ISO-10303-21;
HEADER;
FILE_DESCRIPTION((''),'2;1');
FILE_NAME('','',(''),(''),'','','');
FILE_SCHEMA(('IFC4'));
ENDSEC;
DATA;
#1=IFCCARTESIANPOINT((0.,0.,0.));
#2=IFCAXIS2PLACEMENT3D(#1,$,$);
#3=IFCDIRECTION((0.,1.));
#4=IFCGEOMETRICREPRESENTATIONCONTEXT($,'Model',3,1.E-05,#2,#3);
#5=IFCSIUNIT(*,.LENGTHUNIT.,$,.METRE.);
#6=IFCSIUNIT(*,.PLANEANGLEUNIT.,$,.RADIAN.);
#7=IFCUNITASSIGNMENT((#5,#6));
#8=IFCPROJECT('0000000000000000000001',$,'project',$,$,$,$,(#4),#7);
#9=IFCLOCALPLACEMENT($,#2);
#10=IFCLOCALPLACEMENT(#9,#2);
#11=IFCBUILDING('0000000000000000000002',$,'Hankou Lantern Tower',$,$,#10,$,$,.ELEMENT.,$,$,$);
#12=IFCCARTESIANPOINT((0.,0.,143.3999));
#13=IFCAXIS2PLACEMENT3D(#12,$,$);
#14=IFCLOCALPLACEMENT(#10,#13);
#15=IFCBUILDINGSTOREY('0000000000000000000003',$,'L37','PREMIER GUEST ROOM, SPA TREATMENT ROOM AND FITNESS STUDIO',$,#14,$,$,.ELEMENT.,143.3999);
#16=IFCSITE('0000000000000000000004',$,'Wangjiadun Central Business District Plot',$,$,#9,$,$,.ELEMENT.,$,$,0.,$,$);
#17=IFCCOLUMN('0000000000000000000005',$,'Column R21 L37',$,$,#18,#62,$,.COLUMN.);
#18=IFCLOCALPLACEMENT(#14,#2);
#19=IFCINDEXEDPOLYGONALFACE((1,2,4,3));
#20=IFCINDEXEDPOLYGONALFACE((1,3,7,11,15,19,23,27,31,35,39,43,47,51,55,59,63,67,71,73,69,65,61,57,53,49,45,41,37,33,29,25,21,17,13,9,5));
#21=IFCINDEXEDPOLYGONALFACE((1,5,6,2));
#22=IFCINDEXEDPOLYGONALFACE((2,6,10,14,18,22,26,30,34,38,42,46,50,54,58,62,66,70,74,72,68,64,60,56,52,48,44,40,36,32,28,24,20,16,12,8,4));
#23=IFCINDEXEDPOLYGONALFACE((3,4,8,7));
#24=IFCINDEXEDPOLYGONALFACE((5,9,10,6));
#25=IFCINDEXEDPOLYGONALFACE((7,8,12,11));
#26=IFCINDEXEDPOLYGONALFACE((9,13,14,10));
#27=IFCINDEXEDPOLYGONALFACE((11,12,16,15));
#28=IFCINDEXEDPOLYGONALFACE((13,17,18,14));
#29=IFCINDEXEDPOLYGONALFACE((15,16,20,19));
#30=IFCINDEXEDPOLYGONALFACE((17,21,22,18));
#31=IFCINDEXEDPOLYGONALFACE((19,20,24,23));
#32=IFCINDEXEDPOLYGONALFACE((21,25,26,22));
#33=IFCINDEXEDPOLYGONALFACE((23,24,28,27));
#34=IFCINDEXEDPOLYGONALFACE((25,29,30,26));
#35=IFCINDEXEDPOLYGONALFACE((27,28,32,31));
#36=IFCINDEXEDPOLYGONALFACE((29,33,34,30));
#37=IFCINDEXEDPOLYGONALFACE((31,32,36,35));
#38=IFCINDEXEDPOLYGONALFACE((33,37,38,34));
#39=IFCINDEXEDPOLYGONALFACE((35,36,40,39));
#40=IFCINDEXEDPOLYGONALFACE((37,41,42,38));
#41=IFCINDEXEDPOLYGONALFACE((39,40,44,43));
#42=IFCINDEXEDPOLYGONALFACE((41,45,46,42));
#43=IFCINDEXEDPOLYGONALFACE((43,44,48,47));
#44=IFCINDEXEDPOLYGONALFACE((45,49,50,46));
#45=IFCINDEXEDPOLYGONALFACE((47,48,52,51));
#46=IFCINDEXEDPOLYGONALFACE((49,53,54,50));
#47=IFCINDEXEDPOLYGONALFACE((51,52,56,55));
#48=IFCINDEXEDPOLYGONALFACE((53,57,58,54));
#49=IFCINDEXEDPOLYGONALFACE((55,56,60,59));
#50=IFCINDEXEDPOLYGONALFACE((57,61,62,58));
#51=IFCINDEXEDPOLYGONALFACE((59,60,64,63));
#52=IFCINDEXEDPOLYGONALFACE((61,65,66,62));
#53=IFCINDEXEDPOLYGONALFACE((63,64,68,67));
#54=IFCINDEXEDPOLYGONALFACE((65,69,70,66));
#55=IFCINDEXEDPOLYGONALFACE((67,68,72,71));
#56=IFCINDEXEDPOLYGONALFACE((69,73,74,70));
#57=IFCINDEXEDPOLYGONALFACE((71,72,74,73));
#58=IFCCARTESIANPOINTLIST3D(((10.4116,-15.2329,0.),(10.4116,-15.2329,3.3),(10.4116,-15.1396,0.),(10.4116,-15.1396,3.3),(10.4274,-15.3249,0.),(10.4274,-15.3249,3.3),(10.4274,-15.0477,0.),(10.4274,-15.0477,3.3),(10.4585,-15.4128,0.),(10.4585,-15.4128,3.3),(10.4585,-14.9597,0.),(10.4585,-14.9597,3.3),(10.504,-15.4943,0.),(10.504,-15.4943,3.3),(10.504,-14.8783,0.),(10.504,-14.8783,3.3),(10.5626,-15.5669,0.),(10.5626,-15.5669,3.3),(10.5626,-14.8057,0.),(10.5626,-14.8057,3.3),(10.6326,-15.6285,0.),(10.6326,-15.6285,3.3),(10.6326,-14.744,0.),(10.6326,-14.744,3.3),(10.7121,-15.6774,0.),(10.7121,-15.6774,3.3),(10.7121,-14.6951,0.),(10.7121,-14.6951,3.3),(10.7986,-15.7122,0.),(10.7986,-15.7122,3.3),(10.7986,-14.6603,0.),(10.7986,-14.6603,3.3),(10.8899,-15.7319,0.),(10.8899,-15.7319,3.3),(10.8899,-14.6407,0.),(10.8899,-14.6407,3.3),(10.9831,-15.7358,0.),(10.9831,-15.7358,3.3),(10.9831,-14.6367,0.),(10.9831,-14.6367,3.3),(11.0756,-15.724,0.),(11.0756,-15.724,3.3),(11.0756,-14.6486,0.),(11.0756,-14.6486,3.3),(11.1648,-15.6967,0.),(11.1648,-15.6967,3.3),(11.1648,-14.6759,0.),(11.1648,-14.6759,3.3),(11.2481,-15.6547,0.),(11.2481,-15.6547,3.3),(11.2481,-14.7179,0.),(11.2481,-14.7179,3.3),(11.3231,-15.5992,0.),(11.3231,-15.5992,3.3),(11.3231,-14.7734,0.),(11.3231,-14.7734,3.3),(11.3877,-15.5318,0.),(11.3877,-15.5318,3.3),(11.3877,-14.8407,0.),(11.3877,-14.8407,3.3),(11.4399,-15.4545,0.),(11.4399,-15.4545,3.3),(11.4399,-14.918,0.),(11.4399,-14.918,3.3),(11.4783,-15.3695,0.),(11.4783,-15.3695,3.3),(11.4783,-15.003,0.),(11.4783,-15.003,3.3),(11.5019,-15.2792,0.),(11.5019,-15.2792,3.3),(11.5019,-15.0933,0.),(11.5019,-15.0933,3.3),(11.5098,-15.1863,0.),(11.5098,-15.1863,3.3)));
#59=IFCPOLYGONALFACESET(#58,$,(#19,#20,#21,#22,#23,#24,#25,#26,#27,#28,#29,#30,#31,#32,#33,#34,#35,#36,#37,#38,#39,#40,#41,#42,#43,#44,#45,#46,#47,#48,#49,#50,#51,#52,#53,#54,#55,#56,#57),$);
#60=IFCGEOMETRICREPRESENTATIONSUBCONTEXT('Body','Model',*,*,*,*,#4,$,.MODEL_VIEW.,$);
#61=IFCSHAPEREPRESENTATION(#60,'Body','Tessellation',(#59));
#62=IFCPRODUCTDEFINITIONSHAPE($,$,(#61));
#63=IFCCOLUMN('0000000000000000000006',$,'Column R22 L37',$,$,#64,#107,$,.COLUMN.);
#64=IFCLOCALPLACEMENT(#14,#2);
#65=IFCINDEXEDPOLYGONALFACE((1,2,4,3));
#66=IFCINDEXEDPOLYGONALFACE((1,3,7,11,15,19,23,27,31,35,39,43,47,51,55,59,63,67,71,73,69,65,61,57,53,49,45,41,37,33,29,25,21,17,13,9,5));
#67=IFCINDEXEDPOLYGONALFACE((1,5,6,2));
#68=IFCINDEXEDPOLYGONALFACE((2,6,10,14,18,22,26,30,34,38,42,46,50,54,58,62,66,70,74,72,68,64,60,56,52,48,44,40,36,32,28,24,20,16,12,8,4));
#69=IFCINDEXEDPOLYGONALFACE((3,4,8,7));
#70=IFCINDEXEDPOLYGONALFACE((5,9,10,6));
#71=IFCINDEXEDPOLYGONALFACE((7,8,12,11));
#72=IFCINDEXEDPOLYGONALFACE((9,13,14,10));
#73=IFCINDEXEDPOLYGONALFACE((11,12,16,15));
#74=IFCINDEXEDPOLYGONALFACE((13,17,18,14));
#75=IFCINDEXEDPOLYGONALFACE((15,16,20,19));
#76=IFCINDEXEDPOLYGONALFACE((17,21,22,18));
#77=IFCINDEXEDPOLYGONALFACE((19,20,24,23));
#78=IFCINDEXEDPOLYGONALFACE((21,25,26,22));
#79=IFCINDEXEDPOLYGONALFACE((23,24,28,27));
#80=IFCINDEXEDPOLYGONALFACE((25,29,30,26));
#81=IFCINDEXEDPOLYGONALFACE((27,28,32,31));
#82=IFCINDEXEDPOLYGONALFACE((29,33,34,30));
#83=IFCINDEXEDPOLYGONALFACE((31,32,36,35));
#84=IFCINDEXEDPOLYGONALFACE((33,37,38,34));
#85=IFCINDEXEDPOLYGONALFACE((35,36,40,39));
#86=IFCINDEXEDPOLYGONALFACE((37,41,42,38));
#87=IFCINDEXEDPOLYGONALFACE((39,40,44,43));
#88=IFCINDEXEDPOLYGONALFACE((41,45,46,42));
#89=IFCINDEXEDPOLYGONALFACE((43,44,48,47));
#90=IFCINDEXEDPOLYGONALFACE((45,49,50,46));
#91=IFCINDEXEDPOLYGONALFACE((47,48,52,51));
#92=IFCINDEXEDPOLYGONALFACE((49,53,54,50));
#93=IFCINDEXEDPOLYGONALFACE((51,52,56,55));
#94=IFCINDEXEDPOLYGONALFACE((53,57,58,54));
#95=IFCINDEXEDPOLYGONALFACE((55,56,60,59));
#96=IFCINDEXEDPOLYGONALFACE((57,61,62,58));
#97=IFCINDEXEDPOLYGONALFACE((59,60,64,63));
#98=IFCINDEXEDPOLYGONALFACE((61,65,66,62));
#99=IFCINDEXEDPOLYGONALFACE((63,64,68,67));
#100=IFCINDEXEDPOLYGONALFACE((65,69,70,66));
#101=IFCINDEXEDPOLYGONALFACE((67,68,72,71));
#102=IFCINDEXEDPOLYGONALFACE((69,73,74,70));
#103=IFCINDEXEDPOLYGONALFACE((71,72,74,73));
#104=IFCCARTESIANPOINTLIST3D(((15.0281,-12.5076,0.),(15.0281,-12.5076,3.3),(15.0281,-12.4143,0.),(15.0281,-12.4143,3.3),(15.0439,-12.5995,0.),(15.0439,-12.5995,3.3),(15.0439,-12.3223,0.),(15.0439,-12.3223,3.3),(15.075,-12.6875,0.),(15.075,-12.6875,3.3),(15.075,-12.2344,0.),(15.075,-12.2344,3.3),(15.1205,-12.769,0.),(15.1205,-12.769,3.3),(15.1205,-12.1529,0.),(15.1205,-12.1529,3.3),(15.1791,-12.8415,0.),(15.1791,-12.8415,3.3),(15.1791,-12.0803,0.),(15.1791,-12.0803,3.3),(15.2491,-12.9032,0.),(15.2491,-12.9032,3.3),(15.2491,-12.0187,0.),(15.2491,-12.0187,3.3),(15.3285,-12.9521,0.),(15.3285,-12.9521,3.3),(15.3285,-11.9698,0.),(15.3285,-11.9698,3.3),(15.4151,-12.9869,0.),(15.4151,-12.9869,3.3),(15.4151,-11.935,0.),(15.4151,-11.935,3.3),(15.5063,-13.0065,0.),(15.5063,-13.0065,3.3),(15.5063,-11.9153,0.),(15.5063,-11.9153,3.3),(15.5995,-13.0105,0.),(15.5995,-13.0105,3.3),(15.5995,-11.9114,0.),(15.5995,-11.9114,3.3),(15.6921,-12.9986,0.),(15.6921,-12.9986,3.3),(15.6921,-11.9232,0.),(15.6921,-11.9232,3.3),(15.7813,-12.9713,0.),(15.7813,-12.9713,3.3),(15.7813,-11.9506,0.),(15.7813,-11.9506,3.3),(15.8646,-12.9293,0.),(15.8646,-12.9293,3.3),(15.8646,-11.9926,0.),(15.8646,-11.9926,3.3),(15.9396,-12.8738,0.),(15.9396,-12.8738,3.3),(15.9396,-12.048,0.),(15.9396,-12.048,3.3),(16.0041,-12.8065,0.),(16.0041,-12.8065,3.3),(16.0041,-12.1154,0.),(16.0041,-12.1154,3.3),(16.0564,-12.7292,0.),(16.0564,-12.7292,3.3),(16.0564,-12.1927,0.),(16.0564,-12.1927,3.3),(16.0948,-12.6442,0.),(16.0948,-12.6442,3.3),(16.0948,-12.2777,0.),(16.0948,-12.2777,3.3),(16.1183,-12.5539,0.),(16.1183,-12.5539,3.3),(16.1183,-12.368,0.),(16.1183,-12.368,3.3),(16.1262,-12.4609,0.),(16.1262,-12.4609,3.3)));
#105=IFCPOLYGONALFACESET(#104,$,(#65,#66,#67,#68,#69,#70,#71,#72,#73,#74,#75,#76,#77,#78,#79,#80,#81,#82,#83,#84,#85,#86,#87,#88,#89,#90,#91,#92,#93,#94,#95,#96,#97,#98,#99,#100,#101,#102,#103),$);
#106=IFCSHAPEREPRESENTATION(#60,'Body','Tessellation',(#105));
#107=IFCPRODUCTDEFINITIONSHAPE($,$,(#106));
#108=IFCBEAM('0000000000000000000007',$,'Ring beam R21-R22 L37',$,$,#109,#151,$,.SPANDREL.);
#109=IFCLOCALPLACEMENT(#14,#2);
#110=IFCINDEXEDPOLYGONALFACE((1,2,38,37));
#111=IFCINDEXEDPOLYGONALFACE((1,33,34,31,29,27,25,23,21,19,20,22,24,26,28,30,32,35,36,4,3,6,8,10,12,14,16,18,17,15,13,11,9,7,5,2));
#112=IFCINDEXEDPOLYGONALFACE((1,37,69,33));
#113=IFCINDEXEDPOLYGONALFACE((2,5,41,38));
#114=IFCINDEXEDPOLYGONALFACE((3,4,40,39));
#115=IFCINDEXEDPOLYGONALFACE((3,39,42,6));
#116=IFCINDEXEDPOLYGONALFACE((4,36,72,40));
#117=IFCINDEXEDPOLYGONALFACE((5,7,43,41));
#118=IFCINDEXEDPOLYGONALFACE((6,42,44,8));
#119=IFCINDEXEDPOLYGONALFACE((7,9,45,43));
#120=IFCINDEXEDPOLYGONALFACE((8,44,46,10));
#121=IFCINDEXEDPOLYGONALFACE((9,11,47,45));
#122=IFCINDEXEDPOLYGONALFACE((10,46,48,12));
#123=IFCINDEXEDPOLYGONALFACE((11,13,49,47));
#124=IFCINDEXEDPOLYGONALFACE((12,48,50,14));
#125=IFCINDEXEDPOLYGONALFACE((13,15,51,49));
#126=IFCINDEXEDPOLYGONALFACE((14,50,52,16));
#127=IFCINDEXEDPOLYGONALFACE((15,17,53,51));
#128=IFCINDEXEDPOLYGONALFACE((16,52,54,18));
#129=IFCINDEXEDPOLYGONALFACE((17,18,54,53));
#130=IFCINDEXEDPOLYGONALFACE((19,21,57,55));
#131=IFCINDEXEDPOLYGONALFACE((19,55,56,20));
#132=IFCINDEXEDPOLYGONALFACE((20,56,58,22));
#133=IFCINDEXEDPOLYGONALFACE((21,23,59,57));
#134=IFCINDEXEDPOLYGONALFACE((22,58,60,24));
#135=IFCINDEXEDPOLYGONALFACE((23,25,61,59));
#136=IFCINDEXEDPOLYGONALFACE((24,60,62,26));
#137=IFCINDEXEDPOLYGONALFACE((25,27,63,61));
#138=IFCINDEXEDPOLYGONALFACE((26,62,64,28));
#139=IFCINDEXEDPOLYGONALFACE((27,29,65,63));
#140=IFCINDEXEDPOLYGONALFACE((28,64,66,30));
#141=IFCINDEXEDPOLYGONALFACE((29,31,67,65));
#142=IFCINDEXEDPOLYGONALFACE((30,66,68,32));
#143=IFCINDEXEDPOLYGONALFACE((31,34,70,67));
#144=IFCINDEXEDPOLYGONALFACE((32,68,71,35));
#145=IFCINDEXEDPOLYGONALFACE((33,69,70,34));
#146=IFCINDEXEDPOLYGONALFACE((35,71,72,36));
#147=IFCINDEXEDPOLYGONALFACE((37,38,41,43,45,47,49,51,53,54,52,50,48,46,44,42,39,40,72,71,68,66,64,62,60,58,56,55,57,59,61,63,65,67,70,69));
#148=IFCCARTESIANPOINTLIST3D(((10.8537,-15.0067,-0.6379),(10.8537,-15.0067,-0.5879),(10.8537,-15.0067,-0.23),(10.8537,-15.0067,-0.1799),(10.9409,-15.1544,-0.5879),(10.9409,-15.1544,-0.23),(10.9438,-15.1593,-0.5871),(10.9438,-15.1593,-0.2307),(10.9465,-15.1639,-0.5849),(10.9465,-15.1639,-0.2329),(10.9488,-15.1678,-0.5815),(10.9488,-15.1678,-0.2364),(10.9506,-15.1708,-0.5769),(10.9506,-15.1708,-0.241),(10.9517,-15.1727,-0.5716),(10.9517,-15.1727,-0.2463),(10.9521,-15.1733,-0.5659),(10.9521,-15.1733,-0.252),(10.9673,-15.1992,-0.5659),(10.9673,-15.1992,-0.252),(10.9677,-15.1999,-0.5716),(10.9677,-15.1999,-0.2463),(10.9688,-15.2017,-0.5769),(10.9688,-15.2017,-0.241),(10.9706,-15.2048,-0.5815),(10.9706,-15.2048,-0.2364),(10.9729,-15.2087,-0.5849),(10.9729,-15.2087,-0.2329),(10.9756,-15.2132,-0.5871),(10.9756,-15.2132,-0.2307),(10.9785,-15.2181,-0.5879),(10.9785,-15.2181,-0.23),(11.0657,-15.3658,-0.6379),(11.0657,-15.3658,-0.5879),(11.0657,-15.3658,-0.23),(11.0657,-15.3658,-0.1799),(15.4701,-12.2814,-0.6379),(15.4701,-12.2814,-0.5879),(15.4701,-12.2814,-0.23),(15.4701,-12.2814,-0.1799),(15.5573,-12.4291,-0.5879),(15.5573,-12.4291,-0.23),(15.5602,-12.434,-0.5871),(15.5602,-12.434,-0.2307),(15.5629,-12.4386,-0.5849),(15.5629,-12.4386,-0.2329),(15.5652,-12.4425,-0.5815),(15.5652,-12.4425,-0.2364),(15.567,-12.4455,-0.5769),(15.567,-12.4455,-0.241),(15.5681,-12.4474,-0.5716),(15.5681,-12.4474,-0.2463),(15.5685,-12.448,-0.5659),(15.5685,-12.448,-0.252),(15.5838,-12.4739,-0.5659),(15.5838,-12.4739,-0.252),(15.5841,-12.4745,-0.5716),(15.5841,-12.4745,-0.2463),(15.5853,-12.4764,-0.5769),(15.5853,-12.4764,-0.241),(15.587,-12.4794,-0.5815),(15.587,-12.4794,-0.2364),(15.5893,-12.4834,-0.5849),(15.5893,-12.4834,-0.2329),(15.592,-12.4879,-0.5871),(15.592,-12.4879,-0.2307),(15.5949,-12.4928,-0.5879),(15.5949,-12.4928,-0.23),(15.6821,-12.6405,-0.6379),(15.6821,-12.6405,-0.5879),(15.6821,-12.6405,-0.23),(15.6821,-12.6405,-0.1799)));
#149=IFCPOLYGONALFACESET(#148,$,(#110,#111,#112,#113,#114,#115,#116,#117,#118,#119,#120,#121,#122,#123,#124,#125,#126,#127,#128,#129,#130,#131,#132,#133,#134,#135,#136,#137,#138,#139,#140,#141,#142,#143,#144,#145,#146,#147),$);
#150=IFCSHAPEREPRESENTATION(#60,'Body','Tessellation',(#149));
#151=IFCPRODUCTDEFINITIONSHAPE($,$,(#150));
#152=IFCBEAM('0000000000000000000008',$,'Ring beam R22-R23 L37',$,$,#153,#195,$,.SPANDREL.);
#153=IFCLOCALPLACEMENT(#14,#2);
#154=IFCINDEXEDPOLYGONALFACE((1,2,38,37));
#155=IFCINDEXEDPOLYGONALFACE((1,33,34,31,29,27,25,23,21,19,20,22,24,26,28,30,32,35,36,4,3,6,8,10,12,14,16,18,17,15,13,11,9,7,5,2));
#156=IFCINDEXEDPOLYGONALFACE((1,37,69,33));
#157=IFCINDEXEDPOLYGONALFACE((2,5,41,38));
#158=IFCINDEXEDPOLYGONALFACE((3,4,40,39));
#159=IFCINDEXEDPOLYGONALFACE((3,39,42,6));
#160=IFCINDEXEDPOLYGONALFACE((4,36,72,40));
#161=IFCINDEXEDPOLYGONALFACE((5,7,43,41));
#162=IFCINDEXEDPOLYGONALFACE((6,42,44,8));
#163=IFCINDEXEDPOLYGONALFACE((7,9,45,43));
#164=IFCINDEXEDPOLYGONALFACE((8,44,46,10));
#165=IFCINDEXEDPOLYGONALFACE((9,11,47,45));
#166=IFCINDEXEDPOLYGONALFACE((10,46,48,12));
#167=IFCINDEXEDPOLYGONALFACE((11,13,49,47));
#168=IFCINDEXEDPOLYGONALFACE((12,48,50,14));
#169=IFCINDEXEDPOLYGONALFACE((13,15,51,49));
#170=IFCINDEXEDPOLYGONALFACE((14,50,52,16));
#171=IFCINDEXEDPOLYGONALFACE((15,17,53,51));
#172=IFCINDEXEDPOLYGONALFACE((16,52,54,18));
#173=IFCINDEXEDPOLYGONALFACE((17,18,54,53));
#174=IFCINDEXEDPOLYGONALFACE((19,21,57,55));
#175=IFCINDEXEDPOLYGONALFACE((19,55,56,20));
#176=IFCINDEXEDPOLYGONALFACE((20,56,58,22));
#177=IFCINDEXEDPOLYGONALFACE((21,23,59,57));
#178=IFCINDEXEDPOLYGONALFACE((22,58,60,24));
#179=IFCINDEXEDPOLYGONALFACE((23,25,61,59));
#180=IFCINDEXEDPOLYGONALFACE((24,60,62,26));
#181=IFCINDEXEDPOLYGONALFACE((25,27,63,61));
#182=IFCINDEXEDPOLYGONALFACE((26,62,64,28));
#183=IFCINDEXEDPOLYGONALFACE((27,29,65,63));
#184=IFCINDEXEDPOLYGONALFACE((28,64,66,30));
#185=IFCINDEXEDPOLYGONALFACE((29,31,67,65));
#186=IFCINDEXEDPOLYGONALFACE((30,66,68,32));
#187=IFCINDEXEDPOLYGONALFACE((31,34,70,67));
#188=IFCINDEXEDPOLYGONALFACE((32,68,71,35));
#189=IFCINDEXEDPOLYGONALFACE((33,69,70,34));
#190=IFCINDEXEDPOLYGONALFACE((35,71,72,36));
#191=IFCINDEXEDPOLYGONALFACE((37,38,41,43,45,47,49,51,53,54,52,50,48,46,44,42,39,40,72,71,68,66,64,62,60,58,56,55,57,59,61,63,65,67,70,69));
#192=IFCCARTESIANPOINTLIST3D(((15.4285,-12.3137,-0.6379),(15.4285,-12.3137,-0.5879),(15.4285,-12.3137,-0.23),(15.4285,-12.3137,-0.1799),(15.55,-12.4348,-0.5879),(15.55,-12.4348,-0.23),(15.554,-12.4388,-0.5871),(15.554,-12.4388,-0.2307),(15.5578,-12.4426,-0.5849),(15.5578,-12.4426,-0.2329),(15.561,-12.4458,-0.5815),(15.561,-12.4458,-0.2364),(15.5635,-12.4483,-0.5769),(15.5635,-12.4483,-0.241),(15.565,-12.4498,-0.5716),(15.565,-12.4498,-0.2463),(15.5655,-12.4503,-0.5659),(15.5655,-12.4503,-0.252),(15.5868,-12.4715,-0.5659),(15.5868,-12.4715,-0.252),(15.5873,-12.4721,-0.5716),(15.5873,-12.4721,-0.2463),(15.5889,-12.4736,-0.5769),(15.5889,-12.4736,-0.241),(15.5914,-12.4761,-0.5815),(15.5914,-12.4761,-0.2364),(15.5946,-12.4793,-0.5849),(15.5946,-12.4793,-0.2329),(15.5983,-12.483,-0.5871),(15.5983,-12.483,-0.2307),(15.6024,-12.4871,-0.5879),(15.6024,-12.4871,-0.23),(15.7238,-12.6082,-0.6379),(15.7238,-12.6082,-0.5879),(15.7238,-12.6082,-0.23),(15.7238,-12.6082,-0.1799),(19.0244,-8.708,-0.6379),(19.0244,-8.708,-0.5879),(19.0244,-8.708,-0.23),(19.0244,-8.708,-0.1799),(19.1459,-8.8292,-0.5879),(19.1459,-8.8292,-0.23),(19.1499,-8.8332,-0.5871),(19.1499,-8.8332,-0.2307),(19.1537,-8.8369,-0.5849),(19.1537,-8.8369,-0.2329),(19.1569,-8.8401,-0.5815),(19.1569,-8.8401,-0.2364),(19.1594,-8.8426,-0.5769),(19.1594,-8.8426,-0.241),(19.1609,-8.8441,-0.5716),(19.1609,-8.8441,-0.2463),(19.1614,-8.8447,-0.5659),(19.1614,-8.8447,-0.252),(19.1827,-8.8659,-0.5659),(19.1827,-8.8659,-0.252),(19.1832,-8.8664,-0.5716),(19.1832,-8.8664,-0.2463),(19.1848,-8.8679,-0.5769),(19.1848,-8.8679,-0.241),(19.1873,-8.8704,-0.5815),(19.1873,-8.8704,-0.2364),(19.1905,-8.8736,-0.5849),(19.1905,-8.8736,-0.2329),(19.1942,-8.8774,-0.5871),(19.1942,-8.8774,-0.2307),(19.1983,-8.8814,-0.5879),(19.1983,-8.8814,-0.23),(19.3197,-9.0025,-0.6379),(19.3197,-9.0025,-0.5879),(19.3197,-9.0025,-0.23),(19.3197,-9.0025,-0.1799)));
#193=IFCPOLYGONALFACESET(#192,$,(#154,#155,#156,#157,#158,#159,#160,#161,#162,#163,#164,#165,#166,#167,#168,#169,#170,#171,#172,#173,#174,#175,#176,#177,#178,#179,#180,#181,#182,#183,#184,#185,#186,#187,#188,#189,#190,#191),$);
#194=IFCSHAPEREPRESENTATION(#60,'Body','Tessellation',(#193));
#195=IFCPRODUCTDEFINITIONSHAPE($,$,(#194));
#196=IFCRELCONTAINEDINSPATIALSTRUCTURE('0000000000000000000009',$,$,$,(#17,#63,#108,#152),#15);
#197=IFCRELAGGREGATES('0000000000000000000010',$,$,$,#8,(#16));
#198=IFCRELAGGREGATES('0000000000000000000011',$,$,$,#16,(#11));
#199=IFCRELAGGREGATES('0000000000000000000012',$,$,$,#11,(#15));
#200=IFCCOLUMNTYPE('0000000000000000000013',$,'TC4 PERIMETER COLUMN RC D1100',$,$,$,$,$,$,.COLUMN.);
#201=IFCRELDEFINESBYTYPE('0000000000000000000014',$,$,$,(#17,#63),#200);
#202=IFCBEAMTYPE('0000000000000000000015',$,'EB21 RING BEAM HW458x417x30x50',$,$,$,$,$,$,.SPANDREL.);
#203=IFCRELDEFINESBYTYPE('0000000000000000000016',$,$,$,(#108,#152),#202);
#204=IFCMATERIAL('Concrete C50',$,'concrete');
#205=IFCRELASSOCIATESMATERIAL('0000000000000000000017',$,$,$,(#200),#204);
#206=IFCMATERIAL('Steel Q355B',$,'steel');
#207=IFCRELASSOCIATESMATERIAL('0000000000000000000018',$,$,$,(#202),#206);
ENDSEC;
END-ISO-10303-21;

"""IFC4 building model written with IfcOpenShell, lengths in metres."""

from ifc_helpers import new_model, si_unit, direction, frame, origin, origin_2d, place, context, subcontext, project, spatial, circle, i_section, extrude, material, material_profile, profile_set, type_object, element, save


model = new_model("IFC4")

# Units and contexts
model_context = context("Model", 3, precision=1e-05, world=origin(), true_north=direction((0.0, 1.0)))
body_context = subcontext(model_context, "Body", "Model", "MODEL_VIEW")
ifc_project = project(units=[si_unit("LENGTHUNIT", "METRE"), si_unit("PLANEANGLEUNIT", "RADIAN")], contexts=[model_context])

# Site, building, storey
site_placement = place(None, origin())
site = spatial("IfcSite", under=ifc_project, at=site_placement, Name="Wangjiadun Central Business District Plot", CompositionType="ELEMENT", RefElevation=0.0)
building_placement = place(site_placement, origin())
building = spatial("IfcBuilding", under=site, at=building_placement, Name="Hankou Lantern Tower", CompositionType="ELEMENT")
storey_placement = place(building_placement, frame((0.0, 0.0, 143.3999)))
storey = spatial("IfcBuildingStorey", under=building, at=storey_placement, Name="L37", Description="PREMIER GUEST ROOM, SPA TREATMENT ROOM AND FITNESS STUDIO", CompositionType="ELEMENT", Elevation=143.3999)

# Columns
ifc_material_1 = material(Name="Concrete C50", Category="concrete")
ifc_material_profile_1 = material_profile(ifc_material_1, circle(Radius=0.55, at=origin_2d()), Name="RC D1100")
ifc_profile_set_1 = profile_set([ifc_material_profile_1], Name="Concrete C50")
column_type = type_object("IfcColumnType", Name="TC4 PERIMETER COLUMN RC D1100", PredefinedType="COLUMN", material=ifc_profile_set_1)
for number, where, z_axis, x_axis, name in (
    (1, (10.9597, -15.1863, 0.0), (0.0, 0.0, 1.0), (1.0, 0.0, 0.0), "Column R21 L37"),
    (2, (15.5762, -12.4609, 0.0), (0.0, 0.0, 1.0), (1.0, 0.0, 0.0), "Column R22 L37"),
):
    element("IfcColumn", number, at=place(storey_placement, frame(where, z_axis=z_axis, x_axis=x_axis)), inside=storey, type_object=column_type, Name=name, PredefinedType="COLUMN", context=body_context, shape_type="SweptSolid", body=[
        extrude(circle(Radius=0.55, at=origin_2d()), origin(), (0.0, 0.0, 1.0), 3.3),
    ])

# Beams
ifc_material_2 = material(Name="Steel Q355B", Category="steel")
ifc_material_profile_2 = material_profile(ifc_material_2, i_section(OverallWidth=0.417, OverallDepth=0.458, WebThickness=0.03, FlangeThickness=0.05, FilletRadius=0.022, at=origin_2d()), Name="HW458x417x30x50")
ifc_profile_set_2 = profile_set([ifc_material_profile_2], Name="Steel Q355B")
beam_type_1 = type_object("IfcBeamType", Name="EB21 RING BEAM HW458x417x30x50", PredefinedType="SPANDREL", material=ifc_profile_set_2)
beam_1_placement = place(storey_placement, frame((10.9597, -15.1863, -0.4089), z_axis=(0.861136, 0.508375, 0.0), x_axis=(-0.508375, 0.861136, 0.0)))
element("IfcBeam", 3, at=beam_1_placement, inside=storey, type_object=beam_type_1, Name="Ring beam R21-R22 L37", PredefinedType="SPANDREL", context=body_context, shape_type="SweptSolid", body=[
    extrude(i_section(OverallWidth=0.417, OverallDepth=0.458, WebThickness=0.03, FlangeThickness=0.05, FilletRadius=0.022, at=origin_2d()), origin(), (0.0, 0.0, 1.0), 5.3608),
])
beam_2_placement = place(storey_placement, frame((15.5762, -12.4609, -0.4089), z_axis=(0.706147, 0.708065, 0.0), x_axis=(-0.708065, 0.706147, 0.0)))
element("IfcBeam", 4, at=beam_2_placement, inside=storey, type_object=beam_type_1, Name="Ring beam R22-R23 L37", PredefinedType="SPANDREL", context=body_context, shape_type="SweptSolid", body=[
    extrude(i_section(OverallWidth=0.417, OverallDepth=0.458, WebThickness=0.03, FlangeThickness=0.05, FilletRadius=0.022, at=origin_2d()), origin(), (0.0, 0.0, 1.0), 5.0923),
])

save(model, "model.ifc")
